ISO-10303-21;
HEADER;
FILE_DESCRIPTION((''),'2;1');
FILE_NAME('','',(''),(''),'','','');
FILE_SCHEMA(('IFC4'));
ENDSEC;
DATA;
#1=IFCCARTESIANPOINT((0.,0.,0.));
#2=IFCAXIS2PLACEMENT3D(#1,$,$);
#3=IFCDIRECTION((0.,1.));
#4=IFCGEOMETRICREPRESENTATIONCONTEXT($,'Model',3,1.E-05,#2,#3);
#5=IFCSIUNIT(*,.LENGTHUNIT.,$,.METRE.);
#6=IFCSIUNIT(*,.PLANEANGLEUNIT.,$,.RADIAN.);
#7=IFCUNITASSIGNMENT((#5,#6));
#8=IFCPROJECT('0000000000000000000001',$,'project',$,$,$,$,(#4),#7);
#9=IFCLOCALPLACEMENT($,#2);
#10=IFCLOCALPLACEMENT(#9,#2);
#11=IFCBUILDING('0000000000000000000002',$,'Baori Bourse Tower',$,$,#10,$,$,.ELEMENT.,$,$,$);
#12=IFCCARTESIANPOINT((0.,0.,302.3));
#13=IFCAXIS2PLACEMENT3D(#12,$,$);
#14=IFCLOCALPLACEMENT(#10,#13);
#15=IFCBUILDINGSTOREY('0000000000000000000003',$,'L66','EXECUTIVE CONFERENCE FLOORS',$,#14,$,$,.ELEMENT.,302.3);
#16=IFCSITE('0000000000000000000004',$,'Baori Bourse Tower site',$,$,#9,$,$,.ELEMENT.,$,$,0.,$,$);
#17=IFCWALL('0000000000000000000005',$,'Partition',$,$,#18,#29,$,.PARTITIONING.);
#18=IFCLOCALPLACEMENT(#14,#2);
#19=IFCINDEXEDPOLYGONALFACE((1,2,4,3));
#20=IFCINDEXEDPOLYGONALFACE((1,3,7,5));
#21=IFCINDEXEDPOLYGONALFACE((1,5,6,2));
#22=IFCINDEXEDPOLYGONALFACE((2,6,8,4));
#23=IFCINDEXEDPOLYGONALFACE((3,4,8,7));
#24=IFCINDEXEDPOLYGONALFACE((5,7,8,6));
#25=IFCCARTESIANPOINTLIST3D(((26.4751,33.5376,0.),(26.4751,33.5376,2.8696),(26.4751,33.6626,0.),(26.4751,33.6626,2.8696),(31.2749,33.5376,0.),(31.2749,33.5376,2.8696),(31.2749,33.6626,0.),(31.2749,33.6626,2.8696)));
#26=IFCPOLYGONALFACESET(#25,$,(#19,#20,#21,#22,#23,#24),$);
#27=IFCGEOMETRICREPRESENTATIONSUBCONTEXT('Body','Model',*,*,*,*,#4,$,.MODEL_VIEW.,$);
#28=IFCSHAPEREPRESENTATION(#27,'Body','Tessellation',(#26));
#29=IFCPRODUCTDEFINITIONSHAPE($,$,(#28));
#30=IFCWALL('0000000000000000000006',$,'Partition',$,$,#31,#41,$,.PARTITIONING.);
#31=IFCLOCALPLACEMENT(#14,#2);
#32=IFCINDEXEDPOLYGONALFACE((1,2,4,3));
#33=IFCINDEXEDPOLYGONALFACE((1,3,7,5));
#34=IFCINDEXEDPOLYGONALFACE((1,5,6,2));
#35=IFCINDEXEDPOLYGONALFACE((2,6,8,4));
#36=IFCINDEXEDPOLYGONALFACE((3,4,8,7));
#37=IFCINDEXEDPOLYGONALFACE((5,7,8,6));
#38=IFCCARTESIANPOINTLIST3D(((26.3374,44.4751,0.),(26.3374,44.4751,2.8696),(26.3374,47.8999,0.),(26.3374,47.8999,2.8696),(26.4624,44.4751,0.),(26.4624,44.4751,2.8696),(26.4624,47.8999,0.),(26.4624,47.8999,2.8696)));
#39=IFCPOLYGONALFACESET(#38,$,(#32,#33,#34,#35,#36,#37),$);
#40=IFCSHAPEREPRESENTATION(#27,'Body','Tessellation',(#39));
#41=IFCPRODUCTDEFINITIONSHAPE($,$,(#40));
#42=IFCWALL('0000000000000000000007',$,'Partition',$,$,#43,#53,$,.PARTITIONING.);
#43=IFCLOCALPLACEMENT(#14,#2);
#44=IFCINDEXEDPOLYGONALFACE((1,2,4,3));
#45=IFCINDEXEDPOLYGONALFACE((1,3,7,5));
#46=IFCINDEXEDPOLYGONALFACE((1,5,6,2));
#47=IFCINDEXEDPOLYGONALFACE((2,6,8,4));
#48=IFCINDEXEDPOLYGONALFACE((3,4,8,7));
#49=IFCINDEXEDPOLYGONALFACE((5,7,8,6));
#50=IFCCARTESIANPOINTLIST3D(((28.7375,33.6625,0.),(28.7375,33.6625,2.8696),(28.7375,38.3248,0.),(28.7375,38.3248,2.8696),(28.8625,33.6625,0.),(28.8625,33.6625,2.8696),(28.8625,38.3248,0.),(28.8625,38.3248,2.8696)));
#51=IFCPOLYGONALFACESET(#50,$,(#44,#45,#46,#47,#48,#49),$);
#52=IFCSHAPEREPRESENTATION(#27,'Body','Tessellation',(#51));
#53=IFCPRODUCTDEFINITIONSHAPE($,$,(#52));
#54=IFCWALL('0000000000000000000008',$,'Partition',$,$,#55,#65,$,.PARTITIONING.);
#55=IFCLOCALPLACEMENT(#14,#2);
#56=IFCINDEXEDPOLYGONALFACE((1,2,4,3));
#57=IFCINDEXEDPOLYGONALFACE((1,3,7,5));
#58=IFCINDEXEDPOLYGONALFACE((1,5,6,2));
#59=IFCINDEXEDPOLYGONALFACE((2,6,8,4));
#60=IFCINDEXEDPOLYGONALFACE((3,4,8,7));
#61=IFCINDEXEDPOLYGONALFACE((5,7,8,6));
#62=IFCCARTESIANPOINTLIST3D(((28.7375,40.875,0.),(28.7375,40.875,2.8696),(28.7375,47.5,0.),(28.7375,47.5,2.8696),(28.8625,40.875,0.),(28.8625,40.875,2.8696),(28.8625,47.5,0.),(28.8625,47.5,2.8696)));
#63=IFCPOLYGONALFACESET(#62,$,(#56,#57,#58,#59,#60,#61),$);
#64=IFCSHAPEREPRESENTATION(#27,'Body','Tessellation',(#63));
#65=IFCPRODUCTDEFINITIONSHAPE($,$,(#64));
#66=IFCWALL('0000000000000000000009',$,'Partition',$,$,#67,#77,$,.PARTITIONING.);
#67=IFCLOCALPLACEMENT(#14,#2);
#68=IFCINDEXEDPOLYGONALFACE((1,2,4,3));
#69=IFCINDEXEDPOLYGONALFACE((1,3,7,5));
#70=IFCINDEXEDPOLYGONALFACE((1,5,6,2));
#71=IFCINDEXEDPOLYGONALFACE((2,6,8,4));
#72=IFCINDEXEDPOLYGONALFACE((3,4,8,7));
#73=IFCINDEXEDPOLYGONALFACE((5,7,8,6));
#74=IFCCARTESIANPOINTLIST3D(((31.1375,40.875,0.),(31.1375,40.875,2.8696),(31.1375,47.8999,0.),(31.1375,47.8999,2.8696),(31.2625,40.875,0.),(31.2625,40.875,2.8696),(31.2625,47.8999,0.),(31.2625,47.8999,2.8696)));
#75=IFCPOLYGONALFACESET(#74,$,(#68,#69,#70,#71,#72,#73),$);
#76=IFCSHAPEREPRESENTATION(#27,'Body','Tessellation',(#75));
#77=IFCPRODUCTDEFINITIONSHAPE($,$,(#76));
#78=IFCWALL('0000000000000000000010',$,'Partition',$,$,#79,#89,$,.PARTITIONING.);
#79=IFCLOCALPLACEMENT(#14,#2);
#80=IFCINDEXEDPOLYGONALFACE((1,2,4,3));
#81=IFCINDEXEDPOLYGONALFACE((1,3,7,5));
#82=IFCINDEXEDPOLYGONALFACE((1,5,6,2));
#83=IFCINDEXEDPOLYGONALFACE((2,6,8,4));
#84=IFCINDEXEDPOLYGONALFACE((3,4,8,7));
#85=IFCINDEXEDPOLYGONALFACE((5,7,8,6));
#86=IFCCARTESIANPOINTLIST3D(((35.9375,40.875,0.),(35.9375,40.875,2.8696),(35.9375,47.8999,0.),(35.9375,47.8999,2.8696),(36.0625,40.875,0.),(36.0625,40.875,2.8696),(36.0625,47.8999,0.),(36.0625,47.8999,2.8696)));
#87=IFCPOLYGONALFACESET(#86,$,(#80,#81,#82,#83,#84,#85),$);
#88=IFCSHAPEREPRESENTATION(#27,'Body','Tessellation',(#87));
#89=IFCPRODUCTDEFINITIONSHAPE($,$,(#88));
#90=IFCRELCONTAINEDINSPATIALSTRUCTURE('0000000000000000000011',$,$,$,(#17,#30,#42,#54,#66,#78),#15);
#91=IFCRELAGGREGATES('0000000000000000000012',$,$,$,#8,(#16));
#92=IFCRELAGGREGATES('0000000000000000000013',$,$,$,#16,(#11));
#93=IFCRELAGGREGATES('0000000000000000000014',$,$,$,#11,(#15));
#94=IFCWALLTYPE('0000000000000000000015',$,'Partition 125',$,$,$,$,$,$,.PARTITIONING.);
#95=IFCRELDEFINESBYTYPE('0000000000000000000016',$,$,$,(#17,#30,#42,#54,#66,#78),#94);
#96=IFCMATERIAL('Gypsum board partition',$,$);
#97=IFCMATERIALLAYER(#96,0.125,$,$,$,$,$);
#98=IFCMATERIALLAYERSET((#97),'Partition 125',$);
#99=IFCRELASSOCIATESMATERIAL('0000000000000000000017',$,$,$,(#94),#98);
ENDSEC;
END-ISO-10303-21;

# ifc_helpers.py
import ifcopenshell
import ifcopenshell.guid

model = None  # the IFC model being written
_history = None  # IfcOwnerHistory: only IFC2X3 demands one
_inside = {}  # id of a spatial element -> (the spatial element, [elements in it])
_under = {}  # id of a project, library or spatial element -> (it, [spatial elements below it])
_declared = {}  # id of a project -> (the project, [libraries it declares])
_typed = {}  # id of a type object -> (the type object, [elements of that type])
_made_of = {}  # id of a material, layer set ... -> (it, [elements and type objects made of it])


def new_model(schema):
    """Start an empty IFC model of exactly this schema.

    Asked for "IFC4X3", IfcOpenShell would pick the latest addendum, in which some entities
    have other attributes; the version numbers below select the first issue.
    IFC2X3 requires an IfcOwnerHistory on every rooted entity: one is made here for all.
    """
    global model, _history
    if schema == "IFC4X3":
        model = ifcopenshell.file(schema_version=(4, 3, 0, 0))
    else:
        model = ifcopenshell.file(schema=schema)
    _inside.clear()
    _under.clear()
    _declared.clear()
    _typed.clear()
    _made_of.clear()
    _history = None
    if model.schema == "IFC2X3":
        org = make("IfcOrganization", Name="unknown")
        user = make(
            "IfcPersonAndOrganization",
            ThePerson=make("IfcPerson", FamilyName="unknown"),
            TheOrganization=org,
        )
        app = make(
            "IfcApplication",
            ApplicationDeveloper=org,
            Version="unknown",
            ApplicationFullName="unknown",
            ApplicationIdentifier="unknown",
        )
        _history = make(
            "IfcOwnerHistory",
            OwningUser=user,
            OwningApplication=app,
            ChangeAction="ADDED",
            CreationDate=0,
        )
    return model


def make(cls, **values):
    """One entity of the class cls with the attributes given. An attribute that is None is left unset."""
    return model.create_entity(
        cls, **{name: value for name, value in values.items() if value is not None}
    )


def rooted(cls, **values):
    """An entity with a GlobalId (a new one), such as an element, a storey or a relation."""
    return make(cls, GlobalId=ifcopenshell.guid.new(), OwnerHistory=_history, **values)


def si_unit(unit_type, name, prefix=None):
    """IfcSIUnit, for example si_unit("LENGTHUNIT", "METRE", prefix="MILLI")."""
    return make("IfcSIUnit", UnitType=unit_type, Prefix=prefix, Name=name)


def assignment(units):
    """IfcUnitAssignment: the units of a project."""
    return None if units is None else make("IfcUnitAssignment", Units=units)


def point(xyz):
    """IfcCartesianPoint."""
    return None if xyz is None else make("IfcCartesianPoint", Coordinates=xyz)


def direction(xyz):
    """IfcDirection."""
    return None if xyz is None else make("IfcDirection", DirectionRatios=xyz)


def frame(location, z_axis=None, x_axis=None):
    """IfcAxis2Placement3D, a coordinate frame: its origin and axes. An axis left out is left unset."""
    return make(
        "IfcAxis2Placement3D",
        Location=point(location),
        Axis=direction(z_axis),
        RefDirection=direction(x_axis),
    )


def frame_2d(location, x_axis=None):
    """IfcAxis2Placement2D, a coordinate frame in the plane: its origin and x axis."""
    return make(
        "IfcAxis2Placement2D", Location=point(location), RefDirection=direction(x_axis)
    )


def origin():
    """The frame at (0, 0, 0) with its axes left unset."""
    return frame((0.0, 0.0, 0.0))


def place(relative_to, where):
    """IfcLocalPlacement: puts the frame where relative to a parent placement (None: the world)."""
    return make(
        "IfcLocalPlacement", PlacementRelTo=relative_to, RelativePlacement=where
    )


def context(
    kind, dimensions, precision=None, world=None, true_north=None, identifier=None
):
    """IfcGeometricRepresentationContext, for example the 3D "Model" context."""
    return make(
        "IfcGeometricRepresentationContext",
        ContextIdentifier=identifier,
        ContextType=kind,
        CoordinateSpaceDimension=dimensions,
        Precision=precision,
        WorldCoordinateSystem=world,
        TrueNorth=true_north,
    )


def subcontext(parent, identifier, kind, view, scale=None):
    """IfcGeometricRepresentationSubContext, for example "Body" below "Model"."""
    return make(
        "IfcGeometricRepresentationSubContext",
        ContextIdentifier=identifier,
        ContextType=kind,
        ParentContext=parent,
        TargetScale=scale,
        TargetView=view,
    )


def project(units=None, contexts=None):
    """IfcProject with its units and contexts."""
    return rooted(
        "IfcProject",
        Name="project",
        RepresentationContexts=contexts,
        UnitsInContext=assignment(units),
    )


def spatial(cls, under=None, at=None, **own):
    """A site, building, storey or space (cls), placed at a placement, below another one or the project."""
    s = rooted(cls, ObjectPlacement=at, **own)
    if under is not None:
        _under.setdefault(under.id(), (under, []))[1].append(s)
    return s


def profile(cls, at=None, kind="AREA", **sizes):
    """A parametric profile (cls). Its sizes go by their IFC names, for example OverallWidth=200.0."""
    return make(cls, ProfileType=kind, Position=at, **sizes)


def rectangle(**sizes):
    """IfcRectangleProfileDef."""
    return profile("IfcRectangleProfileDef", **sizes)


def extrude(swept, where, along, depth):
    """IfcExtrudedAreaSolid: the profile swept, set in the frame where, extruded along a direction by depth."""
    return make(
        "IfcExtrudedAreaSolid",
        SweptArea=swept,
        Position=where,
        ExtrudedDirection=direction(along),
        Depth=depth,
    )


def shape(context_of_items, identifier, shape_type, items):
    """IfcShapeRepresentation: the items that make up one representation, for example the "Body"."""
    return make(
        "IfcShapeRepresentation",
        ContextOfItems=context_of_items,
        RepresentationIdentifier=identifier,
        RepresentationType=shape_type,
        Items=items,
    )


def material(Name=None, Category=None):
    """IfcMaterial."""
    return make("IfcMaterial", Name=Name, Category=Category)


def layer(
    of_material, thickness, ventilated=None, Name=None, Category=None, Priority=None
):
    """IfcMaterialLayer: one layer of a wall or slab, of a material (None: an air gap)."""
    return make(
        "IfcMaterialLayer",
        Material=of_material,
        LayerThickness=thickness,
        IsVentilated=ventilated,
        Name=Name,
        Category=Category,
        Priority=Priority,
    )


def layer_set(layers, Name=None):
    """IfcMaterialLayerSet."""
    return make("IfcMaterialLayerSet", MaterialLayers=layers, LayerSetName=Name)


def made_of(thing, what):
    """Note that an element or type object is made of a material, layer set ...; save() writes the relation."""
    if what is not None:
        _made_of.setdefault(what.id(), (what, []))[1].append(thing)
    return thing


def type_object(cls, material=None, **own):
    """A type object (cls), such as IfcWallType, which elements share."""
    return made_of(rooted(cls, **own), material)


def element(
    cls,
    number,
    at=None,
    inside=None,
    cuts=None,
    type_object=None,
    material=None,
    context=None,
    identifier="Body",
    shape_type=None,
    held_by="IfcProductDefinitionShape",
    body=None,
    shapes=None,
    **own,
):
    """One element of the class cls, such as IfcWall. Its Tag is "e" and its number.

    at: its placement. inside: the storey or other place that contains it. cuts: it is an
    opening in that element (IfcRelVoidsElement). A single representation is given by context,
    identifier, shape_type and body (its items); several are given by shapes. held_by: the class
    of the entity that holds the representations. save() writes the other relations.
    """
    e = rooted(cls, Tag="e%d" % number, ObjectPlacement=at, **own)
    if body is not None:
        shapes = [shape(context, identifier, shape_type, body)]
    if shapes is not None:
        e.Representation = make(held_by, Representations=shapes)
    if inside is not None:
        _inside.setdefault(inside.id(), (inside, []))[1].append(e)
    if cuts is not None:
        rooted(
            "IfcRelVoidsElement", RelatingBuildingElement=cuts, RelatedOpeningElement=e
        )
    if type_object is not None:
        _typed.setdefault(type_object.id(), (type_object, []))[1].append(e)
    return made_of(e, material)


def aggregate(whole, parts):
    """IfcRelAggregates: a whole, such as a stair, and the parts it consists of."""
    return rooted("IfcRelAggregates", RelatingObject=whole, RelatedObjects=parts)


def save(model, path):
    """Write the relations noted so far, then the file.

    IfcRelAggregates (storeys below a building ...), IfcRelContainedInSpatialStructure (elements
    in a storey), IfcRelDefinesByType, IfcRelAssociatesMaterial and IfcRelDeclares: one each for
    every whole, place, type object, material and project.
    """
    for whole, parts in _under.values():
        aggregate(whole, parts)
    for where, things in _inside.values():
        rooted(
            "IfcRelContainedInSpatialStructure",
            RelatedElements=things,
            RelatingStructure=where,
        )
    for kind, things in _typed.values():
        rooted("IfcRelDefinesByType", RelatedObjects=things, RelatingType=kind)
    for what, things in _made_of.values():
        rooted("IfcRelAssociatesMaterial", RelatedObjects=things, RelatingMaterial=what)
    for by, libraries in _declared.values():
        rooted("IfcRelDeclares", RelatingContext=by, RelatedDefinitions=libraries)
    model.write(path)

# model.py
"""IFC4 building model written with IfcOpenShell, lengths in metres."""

from ifc_helpers import new_model, si_unit, direction, frame, frame_2d, origin, place, context, subcontext, project, spatial, rectangle, extrude, material, layer, layer_set, type_object, element, save


model = new_model("IFC4")

# Units and contexts
model_context = context("Model", 3, precision=1e-05, world=origin(), true_north=direction((0.0, 1.0)))
body_context = subcontext(model_context, "Body", "Model", "MODEL_VIEW")
ifc_project = project(units=[si_unit("LENGTHUNIT", "METRE"), si_unit("PLANEANGLEUNIT", "RADIAN")], contexts=[model_context])

# Site, building, storey
site_placement = place(None, origin())
site = spatial("IfcSite", under=ifc_project, at=site_placement, Name="Baori Bourse Tower site", CompositionType="ELEMENT", RefElevation=0.0)
building_placement = place(site_placement, origin())
building = spatial("IfcBuilding", under=site, at=building_placement, Name="Baori Bourse Tower", CompositionType="ELEMENT")
storey_placement = place(building_placement, frame((0.0, 0.0, 302.3)))
storey = spatial("IfcBuildingStorey", under=building, at=storey_placement, Name="L66", Description="EXECUTIVE CONFERENCE FLOORS", CompositionType="ELEMENT", Elevation=302.3)

# Walls
ifc_material_1 = material(Name="Gypsum board partition")
ifc_layer_1 = layer(ifc_material_1, 0.125)
ifc_layer_set_1 = layer_set([ifc_layer_1], Name="Partition 125")
wall_type_1 = type_object("IfcWallType", Name="Partition 125", PredefinedType="PARTITIONING", material=ifc_layer_set_1)
wall_1_placement = place(storey_placement, frame((26.4751, 33.6001, 0.0), z_axis=(0.0, 0.0, 1.0), x_axis=(1.0, 0.0, 0.0)))
element("IfcWall", 1, at=wall_1_placement, inside=storey, type_object=wall_type_1, Name="Partition", PredefinedType="PARTITIONING", context=body_context, shape_type="SweptSolid", body=[
    extrude(rectangle(XDim=4.7998, YDim=0.125, at=frame_2d((2.3999, 0.0))), origin(), (0.0, 0.0, 1.0), 2.8696),
])
wall_2_placement = place(storey_placement, frame((26.3999, 44.4751, 0.0), z_axis=(0.0, 0.0, 1.0), x_axis=(0.0, 1.0, 0.0)))
element("IfcWall", 2, at=wall_2_placement, inside=storey, type_object=wall_type_1, Name="Partition", PredefinedType="PARTITIONING", context=body_context, shape_type="SweptSolid", body=[
    extrude(rectangle(XDim=3.4248, YDim=0.125, at=frame_2d((1.7124, 0.0))), origin(), (0.0, 0.0, 1.0), 2.8696),
])
wall_3_placement = place(storey_placement, frame((28.8, 33.6626, 0.0), z_axis=(0.0, 0.0, 1.0), x_axis=(0.0, 1.0, 0.0)))
element("IfcWall", 3, at=wall_3_placement, inside=storey, type_object=wall_type_1, Name="Partition", PredefinedType="PARTITIONING", context=body_context, shape_type="SweptSolid", body=[
    extrude(rectangle(XDim=4.6624, YDim=0.125, at=frame_2d((2.3311, 0.0))), origin(), (0.0, 0.0, 1.0), 2.8696),
])
wall_4_placement = place(storey_placement, frame((28.8, 40.875, 0.0), z_axis=(0.0, 0.0, 1.0), x_axis=(0.0, 1.0, 0.0)))
element("IfcWall", 4, at=wall_4_placement, inside=storey, type_object=wall_type_1, Name="Partition", PredefinedType="PARTITIONING", context=body_context, shape_type="SweptSolid", body=[
    extrude(rectangle(XDim=6.625, YDim=0.125, at=frame_2d((3.3125, 0.0))), origin(), (0.0, 0.0, 1.0), 2.8696),
])
for number, where, z_axis, x_axis, name in (
    (5, (31.2, 40.875, 0.0), (0.0, 0.0, 1.0), (0.0, 1.0, 0.0), "Partition"),
    (6, (36.0, 40.875, 0.0), (0.0, 0.0, 1.0), (0.0, 1.0, 0.0), "Partition"),
):
    element("IfcWall", number, at=place(storey_placement, frame(where, z_axis=z_axis, x_axis=x_axis)), inside=storey, type_object=wall_type_1, Name=name, PredefinedType="PARTITIONING", context=body_context, shape_type="SweptSolid", body=[
        extrude(rectangle(XDim=7.0249, YDim=0.125, at=frame_2d((3.5125, 0.0))), origin(), (0.0, 0.0, 1.0), 2.8696),
    ])

save(model, "model.ifc")
